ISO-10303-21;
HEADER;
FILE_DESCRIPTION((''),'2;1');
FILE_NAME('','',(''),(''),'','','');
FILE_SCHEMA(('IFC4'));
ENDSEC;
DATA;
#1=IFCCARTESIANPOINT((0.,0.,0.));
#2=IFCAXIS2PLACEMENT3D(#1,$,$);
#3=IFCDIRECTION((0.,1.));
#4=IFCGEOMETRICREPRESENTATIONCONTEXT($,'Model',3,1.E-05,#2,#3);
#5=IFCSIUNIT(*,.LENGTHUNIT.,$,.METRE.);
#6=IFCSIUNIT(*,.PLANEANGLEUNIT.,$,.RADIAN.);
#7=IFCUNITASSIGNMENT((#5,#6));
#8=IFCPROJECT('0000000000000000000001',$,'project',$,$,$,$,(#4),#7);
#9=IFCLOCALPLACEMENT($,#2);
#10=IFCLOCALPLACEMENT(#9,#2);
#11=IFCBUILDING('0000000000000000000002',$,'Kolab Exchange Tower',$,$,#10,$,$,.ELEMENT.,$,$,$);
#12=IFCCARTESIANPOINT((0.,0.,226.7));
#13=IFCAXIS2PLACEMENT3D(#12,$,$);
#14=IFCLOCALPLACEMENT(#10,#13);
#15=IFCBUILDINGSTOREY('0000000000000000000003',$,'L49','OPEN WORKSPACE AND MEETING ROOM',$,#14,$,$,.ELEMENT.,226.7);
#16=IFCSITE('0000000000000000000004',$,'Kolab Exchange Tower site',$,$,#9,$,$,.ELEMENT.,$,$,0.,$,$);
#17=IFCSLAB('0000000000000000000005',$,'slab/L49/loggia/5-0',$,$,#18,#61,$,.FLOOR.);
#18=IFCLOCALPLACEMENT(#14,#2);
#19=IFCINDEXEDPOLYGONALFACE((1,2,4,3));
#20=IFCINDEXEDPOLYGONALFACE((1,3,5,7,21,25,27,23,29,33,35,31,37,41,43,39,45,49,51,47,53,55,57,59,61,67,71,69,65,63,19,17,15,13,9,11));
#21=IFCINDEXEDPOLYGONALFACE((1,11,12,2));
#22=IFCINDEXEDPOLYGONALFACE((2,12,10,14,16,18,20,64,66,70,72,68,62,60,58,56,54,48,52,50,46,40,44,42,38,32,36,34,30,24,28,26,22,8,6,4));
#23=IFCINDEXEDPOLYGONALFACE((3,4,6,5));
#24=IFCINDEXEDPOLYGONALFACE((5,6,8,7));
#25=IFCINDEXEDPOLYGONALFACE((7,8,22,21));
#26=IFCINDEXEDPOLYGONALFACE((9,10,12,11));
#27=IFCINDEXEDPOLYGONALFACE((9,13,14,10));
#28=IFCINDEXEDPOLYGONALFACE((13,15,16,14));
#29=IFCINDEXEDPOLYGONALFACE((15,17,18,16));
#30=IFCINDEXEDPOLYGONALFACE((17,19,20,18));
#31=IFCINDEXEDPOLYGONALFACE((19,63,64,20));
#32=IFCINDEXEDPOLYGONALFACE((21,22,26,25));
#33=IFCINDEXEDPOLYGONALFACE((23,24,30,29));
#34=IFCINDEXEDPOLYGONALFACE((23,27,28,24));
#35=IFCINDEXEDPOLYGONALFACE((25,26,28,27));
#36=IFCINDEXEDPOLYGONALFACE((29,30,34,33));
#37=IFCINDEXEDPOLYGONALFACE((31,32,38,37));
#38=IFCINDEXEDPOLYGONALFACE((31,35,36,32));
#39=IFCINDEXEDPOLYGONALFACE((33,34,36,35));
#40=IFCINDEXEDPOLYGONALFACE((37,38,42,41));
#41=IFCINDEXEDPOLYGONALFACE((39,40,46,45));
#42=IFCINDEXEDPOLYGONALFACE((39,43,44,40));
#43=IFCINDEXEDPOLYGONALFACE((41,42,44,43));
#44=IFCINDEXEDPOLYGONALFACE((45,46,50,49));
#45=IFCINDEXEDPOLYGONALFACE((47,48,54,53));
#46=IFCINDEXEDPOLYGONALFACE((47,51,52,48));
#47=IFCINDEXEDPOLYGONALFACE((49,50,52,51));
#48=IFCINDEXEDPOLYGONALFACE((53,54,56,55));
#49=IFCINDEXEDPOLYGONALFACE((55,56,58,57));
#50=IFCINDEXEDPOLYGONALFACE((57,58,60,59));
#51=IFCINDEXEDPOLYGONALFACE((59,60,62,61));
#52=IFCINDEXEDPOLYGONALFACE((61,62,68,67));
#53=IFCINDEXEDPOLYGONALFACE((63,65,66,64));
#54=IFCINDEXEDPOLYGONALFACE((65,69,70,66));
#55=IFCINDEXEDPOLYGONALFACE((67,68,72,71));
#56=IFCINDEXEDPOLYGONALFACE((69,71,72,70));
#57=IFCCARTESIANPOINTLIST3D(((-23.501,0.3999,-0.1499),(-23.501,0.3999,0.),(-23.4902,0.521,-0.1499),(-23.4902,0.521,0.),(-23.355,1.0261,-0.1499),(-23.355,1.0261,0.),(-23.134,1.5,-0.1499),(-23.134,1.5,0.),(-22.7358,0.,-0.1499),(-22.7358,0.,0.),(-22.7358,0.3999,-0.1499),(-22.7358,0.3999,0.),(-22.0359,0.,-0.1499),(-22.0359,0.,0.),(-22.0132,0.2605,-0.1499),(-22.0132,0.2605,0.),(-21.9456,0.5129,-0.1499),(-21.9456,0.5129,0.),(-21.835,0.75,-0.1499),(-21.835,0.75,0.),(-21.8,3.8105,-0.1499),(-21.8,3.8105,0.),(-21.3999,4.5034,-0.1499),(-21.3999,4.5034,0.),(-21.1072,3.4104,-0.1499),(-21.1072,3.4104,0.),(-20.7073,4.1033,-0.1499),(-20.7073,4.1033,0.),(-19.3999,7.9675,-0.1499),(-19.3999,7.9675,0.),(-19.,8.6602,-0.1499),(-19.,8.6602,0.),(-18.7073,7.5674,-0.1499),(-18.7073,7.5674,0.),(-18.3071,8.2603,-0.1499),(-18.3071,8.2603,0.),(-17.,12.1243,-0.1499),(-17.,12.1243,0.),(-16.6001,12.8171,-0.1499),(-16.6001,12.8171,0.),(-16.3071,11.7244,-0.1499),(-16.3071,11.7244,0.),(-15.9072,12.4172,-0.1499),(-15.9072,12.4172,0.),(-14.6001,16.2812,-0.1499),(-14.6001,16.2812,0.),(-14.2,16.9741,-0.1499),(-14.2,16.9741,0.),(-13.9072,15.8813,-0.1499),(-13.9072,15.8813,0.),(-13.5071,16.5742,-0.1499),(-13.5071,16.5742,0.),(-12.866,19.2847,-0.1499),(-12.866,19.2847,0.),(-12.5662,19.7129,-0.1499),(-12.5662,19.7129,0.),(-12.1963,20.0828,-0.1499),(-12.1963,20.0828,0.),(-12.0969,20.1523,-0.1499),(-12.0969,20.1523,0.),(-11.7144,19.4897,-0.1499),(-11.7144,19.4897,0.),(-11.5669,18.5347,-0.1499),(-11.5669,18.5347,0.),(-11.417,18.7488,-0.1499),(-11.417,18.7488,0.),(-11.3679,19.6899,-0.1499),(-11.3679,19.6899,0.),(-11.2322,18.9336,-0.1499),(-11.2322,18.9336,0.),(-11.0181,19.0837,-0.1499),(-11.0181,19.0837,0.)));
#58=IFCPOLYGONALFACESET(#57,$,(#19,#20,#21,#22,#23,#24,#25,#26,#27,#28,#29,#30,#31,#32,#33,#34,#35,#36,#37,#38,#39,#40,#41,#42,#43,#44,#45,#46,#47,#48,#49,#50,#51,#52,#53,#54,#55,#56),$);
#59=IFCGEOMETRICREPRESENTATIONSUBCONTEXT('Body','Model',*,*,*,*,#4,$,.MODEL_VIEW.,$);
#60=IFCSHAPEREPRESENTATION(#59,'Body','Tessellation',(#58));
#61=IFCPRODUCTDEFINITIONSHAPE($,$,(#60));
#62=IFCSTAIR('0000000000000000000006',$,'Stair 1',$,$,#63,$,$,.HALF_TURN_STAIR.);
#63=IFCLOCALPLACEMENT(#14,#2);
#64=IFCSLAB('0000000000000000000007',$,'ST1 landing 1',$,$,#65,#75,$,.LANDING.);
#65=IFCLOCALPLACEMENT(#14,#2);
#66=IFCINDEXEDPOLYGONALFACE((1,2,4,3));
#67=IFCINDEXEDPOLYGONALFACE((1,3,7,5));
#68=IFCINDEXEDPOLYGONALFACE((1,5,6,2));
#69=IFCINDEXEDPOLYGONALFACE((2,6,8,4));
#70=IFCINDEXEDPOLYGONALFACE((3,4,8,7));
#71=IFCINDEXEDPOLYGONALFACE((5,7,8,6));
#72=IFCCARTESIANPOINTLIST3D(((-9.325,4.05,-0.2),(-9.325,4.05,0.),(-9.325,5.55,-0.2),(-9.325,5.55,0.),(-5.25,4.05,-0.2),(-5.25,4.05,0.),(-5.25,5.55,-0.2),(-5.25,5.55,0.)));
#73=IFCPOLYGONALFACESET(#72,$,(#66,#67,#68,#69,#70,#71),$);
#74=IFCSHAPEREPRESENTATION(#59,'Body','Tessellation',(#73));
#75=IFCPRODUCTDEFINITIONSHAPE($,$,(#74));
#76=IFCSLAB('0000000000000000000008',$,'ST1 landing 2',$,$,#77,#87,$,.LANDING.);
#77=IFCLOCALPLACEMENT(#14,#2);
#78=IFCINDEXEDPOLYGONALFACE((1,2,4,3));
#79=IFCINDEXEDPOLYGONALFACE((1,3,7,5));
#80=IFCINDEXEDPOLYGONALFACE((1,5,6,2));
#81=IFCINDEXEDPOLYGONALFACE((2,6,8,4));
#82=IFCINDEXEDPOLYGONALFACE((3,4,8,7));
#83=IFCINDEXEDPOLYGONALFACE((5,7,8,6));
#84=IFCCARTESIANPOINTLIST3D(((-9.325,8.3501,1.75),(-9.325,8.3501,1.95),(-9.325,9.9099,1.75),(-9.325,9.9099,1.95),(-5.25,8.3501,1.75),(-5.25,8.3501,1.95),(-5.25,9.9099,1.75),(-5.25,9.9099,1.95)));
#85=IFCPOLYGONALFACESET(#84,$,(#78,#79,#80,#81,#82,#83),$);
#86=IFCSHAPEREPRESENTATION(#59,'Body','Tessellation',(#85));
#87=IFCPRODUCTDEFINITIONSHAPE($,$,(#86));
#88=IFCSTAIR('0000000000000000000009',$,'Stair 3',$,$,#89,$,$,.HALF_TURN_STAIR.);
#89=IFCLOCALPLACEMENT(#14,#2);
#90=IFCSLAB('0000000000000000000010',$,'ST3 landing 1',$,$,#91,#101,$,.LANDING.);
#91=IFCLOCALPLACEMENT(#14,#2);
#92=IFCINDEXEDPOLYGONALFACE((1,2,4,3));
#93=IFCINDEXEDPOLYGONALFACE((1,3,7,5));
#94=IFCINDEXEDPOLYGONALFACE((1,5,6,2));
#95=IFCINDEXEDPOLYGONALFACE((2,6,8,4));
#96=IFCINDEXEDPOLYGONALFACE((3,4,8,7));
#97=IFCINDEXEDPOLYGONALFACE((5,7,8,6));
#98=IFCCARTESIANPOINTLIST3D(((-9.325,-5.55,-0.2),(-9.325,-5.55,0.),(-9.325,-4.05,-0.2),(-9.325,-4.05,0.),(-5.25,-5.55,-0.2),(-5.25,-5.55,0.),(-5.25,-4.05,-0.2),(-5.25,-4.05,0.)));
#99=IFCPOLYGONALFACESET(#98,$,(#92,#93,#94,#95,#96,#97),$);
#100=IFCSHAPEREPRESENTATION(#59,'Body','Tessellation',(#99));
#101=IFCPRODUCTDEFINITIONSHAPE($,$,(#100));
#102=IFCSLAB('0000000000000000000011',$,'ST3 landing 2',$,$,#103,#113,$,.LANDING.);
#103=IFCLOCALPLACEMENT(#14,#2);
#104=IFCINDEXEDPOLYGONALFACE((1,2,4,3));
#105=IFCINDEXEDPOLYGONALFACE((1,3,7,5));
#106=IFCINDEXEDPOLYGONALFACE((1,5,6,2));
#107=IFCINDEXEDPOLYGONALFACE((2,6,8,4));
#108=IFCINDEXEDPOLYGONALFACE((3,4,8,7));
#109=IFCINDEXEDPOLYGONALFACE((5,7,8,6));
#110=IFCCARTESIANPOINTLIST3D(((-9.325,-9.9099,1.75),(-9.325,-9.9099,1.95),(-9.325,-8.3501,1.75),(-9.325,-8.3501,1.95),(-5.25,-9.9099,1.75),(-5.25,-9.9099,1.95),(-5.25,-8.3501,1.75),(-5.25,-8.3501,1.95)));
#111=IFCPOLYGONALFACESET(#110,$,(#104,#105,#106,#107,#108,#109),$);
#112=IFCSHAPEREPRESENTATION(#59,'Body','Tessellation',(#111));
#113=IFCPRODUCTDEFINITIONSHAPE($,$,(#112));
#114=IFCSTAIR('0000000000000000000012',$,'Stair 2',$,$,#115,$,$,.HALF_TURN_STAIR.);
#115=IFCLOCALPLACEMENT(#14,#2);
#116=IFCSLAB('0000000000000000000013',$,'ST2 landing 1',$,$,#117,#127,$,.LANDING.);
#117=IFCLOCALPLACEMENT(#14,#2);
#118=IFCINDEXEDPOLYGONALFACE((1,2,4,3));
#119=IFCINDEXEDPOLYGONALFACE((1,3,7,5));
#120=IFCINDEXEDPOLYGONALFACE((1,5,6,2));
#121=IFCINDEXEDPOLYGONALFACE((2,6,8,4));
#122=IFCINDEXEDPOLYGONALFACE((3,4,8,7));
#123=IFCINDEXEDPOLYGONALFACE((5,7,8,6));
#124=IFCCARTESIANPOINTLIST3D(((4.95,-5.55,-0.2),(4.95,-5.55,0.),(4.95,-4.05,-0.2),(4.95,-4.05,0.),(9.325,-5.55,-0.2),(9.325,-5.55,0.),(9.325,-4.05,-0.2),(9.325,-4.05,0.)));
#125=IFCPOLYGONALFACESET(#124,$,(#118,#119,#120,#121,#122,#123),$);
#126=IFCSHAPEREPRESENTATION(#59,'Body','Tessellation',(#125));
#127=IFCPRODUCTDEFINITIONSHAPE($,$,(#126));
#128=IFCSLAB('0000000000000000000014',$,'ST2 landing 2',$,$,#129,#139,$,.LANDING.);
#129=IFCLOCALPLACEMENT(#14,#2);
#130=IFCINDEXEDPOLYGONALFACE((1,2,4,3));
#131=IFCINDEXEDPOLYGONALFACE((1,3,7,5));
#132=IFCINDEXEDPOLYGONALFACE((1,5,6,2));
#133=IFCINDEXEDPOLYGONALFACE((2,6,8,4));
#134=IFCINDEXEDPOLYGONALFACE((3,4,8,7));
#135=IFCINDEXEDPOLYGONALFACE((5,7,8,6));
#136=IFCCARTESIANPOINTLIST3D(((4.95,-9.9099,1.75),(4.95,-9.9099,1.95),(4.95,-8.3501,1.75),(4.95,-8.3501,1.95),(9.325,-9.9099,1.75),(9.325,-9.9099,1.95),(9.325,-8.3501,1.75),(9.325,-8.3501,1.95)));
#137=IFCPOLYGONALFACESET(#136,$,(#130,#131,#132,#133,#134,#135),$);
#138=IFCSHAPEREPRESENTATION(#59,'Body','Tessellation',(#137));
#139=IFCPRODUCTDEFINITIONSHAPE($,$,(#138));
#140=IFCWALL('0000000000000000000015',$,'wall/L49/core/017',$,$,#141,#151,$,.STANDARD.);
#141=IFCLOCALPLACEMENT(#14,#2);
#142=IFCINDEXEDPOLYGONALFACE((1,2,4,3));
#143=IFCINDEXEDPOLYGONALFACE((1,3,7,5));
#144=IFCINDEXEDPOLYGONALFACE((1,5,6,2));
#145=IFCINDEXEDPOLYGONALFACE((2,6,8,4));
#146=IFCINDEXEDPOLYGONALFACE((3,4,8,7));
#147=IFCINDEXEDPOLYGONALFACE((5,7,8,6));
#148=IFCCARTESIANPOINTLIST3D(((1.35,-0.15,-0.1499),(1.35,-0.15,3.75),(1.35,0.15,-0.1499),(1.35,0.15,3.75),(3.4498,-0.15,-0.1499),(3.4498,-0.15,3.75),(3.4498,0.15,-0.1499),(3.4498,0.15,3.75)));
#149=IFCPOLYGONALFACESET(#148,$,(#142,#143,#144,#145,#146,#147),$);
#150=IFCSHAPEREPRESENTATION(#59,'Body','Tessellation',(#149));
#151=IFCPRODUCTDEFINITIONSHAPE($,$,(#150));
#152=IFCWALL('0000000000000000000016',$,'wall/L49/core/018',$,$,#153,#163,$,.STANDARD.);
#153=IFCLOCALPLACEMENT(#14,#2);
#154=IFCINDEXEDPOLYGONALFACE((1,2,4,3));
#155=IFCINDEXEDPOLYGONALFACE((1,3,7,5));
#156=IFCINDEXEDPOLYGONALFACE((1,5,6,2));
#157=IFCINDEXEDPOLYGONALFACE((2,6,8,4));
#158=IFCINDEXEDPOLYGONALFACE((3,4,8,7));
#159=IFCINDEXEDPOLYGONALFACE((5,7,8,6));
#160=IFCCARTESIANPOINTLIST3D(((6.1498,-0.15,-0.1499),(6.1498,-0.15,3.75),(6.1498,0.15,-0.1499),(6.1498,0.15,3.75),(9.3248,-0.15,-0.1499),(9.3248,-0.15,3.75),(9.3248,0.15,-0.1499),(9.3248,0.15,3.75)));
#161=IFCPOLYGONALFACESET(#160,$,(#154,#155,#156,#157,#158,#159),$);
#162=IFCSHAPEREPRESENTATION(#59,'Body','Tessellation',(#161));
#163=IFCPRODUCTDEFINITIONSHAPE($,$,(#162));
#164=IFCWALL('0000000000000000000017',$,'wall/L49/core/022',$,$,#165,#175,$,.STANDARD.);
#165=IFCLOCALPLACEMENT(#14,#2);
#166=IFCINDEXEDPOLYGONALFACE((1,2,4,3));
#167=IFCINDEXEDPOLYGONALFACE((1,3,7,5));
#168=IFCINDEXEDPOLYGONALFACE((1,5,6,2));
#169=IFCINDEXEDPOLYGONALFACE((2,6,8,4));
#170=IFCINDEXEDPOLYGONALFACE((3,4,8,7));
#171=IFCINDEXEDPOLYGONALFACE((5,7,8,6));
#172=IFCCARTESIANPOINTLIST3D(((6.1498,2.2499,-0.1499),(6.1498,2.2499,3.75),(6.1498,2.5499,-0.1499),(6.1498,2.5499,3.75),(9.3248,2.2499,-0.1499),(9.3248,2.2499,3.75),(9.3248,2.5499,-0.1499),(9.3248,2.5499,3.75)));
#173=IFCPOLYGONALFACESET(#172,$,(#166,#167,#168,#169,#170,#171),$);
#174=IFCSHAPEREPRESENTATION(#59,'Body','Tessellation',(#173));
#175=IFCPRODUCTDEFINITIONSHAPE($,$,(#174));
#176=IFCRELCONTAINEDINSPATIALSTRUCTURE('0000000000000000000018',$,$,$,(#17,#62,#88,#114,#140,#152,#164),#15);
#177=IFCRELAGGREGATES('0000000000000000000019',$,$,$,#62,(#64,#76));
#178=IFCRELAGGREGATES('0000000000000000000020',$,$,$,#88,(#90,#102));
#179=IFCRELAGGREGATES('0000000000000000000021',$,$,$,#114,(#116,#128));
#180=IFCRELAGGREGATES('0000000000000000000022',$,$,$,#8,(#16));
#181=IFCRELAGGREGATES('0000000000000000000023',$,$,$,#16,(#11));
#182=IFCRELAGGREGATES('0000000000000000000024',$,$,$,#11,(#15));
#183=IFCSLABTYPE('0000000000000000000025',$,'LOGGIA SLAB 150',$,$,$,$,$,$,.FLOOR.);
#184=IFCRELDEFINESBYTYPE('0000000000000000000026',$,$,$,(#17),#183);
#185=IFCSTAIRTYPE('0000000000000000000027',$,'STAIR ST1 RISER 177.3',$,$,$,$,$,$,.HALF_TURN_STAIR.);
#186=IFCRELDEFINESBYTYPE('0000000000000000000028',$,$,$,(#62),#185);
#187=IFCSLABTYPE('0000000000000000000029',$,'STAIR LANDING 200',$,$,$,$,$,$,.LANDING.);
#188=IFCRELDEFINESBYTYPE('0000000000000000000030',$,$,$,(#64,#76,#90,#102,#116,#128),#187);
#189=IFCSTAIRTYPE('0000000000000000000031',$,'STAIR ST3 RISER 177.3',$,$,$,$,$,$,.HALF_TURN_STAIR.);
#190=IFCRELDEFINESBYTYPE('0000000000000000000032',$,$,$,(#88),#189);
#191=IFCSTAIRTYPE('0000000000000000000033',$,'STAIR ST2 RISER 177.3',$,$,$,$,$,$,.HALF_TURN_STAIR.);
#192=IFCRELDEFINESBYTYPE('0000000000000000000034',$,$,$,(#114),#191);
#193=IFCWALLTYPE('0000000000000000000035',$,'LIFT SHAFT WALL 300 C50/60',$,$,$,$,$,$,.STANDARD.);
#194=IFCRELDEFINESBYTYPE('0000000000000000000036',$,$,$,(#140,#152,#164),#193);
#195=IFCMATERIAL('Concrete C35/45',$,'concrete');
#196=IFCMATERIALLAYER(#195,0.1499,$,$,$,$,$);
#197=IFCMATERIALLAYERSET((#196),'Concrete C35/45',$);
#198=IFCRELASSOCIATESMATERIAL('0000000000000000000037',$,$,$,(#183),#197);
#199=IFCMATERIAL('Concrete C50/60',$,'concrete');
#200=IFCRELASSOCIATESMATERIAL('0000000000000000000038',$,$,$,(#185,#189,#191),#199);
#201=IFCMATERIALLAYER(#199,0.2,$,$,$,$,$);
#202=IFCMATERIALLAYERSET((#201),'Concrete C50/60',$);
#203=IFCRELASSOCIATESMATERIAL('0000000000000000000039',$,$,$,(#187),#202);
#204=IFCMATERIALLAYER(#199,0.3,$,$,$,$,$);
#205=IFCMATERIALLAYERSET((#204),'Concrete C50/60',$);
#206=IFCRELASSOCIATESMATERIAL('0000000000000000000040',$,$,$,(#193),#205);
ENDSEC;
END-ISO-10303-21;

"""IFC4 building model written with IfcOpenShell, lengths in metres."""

from ifc_helpers import new_model, si_unit, direction, frame, frame_2d, origin, place, context, subcontext, project, spatial, polyline, rectangle, outline, extrude, material, layer, layer_set, type_object, element, aggregate, save


model = new_model("IFC4")

# Units and contexts
model_context = context("Model", 3, precision=1e-05, world=origin(), true_north=direction((0.0, 1.0)))
body_context = subcontext(model_context, "Body", "Model", "MODEL_VIEW")
ifc_project = project(units=[si_unit("LENGTHUNIT", "METRE"), si_unit("PLANEANGLEUNIT", "RADIAN")], contexts=[model_context])

# Site, building, storey
site_placement = place(None, origin())
site = spatial("IfcSite", under=ifc_project, at=site_placement, Name="Kolab Exchange Tower site", CompositionType="ELEMENT", RefElevation=0.0)
building_placement = place(site_placement, origin())
building = spatial("IfcBuilding", under=site, at=building_placement, Name="Kolab Exchange Tower", CompositionType="ELEMENT")
storey_placement = place(building_placement, frame((0.0, 0.0, 226.7)))
storey = spatial("IfcBuildingStorey", under=building, at=storey_placement, Name="L49", Description="OPEN WORKSPACE AND MEETING ROOM", CompositionType="ELEMENT", Elevation=226.7)

# Slab
ifc_material_1 = material(Name="Concrete C35/45", Category="concrete")
ifc_layer_1 = layer(ifc_material_1, 0.1499)
ifc_layer_set_1 = layer_set([ifc_layer_1], Name="Concrete C35/45")
slab_type_1 = type_object("IfcSlabType", Name="LOGGIA SLAB 150", PredefinedType="FLOOR", material=ifc_layer_set_1)
slab_1_placement = place(storey_placement, frame((0.0, 0.0, -0.1499)))
element("IfcSlab", 1, at=slab_1_placement, inside=storey, type_object=slab_type_1, Name="slab/L49/loggia/5-0", PredefinedType="FLOOR", context=body_context, shape_type="SweptSolid", body=[
    extrude(outline(polyline([(-11.0181, 19.0837), (-11.3679, 19.6899), (-11.7144, 19.4897), (-12.0969, 20.1523), (-12.1963, 20.0828), (-12.5662, 19.7129), (-12.866, 19.2847), (-14.2, 16.9741), (-13.5071, 16.5742), (-13.9072, 15.8813), (-14.6001, 16.2812), (-16.6001, 12.8171), (-15.9072, 12.4172), (-16.3071, 11.7244), (-17.0, 12.1243), (-19.0, 8.6602), (-18.3071, 8.2603), (-18.7073, 7.5674), (-19.3999, 7.9675), (-21.3999, 4.5034), (-20.7073, 4.1033), (-21.1072, 3.4104), (-21.8, 3.8105), (-23.134, 1.5), (-23.355, 1.0261), (-23.4902, 0.521), (-23.501, 0.3999), (-22.7358, 0.3999), (-22.7358, 0.0), (-22.0359, 0.0), (-22.0132, 0.2605), (-21.9456, 0.5129), (-21.835, 0.75), (-11.5669, 18.5347), (-11.417, 18.7488), (-11.2322, 18.9336), (-11.0181, 19.0837)])), origin(), (0.0, 0.0, 1.0), 0.1499),
])

# Stairs, slabs
ifc_material_2 = material(Name="Concrete C50/60", Category="concrete")
stair_type_1 = type_object("IfcStairType", Name="STAIR ST1 RISER 177.3", PredefinedType="HALF_TURN_STAIR", material=ifc_material_2)
stair_1_placement = place(storey_placement, origin())
stair_1 = element("IfcStair", 2, at=stair_1_placement, inside=storey, type_object=stair_type_1, Name="Stair 1", PredefinedType="HALF_TURN_STAIR")
ifc_layer_2 = layer(ifc_material_2, 0.2)
ifc_layer_set_2 = layer_set([ifc_layer_2], Name="Concrete C50/60")
slab_type_2 = type_object("IfcSlabType", Name="STAIR LANDING 200", PredefinedType="LANDING", material=ifc_layer_set_2)
slab_2_placement = place(storey_placement, frame((0.0, 0.0, -0.2)))
slab_2 = element("IfcSlab", 3, at=slab_2_placement, type_object=slab_type_2, Name="ST1 landing 1", PredefinedType="LANDING", context=body_context, shape_type="SweptSolid", body=[
    extrude(outline(polyline([(-9.325, 4.05), (-5.25, 4.05), (-5.25, 5.55), (-9.325, 5.55), (-9.325, 4.05)])), origin(), (0.0, 0.0, 1.0), 0.2),
])
slab_3_placement = place(storey_placement, frame((0.0, 0.0, 1.75)))
slab_3 = element("IfcSlab", 4, at=slab_3_placement, type_object=slab_type_2, Name="ST1 landing 2", PredefinedType="LANDING", context=body_context, shape_type="SweptSolid", body=[
    extrude(outline(polyline([(-9.325, 8.3501), (-5.25, 8.3501), (-5.25, 9.9099), (-9.325, 9.9099), (-9.325, 8.3501)])), origin(), (0.0, 0.0, 1.0), 0.2),
])
aggregate(stair_1, [slab_2, slab_3])
stair_type_2 = type_object("IfcStairType", Name="STAIR ST3 RISER 177.3", PredefinedType="HALF_TURN_STAIR", material=ifc_material_2)
stair_2_placement = place(storey_placement, origin())
stair_2 = element("IfcStair", 5, at=stair_2_placement, inside=storey, type_object=stair_type_2, Name="Stair 3", PredefinedType="HALF_TURN_STAIR")
slab_4_placement = place(storey_placement, frame((0.0, 0.0, -0.2)))
slab_4 = element("IfcSlab", 6, at=slab_4_placement, type_object=slab_type_2, Name="ST3 landing 1", PredefinedType="LANDING", context=body_context, shape_type="SweptSolid", body=[
    extrude(outline(polyline([(-9.325, -5.55), (-5.25, -5.55), (-5.25, -4.05), (-9.325, -4.05), (-9.325, -5.55)])), origin(), (0.0, 0.0, 1.0), 0.2),
])
slab_5_placement = place(storey_placement, frame((0.0, 0.0, 1.75)))
slab_5 = element("IfcSlab", 7, at=slab_5_placement, type_object=slab_type_2, Name="ST3 landing 2", PredefinedType="LANDING", context=body_context, shape_type="SweptSolid", body=[
    extrude(outline(polyline([(-9.325, -9.9099), (-5.25, -9.9099), (-5.25, -8.3501), (-9.325, -8.3501), (-9.325, -9.9099)])), origin(), (0.0, 0.0, 1.0), 0.2),
])
aggregate(stair_2, [slab_4, slab_5])
stair_type_3 = type_object("IfcStairType", Name="STAIR ST2 RISER 177.3", PredefinedType="HALF_TURN_STAIR", material=ifc_material_2)
stair_3_placement = place(storey_placement, origin())
stair_3 = element("IfcStair", 8, at=stair_3_placement, inside=storey, type_object=stair_type_3, Name="Stair 2", PredefinedType="HALF_TURN_STAIR")
slab_6_placement = place(storey_placement, frame((0.0, 0.0, -0.2)))
slab_6 = element("IfcSlab", 9, at=slab_6_placement, type_object=slab_type_2, Name="ST2 landing 1", PredefinedType="LANDING", context=body_context, shape_type="SweptSolid", body=[
    extrude(outline(polyline([(4.95, -5.55), (9.325, -5.55), (9.325, -4.05), (4.95, -4.05), (4.95, -5.55)])), origin(), (0.0, 0.0, 1.0), 0.2),
])
slab_7_placement = place(storey_placement, frame((0.0, 0.0, 1.75)))
slab_7 = element("IfcSlab", 10, at=slab_7_placement, type_object=slab_type_2, Name="ST2 landing 2", PredefinedType="LANDING", context=body_context, shape_type="SweptSolid", body=[
    extrude(outline(polyline([(4.95, -9.9099), (9.325, -9.9099), (9.325, -8.3501), (4.95, -8.3501), (4.95, -9.9099)])), origin(), (0.0, 0.0, 1.0), 0.2),
])
aggregate(stair_3, [slab_6, slab_7])

# Walls
ifc_layer_3 = layer(ifc_material_2, 0.3)
ifc_layer_set_3 = layer_set([ifc_layer_3], Name="Concrete C50/60")
wall_type_1 = type_object("IfcWallType", Name="LIFT SHAFT WALL 300 C50/60", PredefinedType="STANDARD", material=ifc_layer_set_3)
wall_1_placement = place(storey_placement, frame((1.3501, 0.0, -0.1499), z_axis=(0.0, 0.0, 1.0), x_axis=(1.0, 0.0, 0.0)))
element("IfcWall", 11, at=wall_1_placement, inside=storey, type_object=wall_type_1, Name="wall/L49/core/017", PredefinedType="STANDARD", context=body_context, shape_type="SweptSolid", body=[
    extrude(rectangle(XDim=2.0999, YDim=0.3, at=frame_2d((1.0498, 0.0))), origin(), (0.0, 0.0, 1.0), 3.8999),
])
for number, where, z_axis, x_axis, name in (
    (12, (6.1499, 0.0, -0.1499), (0.0, 0.0, 1.0), (1.0, 0.0, 0.0), "wall/L49/core/018"),
    (13, (6.1499, 2.3999, -0.1499), (0.0, 0.0, 1.0), (1.0, 0.0, 0.0), "wall/L49/core/022"),
):
    element("IfcWall", number, at=place(storey_placement, frame(where, z_axis=z_axis, x_axis=x_axis)), inside=storey, type_object=wall_type_1, Name=name, PredefinedType="STANDARD", context=body_context, shape_type="SweptSolid", body=[
        extrude(rectangle(XDim=3.175, YDim=0.3, at=frame_2d((1.5874, 0.0))), origin(), (0.0, 0.0, 1.0), 3.8999),
    ])

save(model, "model.ifc")
